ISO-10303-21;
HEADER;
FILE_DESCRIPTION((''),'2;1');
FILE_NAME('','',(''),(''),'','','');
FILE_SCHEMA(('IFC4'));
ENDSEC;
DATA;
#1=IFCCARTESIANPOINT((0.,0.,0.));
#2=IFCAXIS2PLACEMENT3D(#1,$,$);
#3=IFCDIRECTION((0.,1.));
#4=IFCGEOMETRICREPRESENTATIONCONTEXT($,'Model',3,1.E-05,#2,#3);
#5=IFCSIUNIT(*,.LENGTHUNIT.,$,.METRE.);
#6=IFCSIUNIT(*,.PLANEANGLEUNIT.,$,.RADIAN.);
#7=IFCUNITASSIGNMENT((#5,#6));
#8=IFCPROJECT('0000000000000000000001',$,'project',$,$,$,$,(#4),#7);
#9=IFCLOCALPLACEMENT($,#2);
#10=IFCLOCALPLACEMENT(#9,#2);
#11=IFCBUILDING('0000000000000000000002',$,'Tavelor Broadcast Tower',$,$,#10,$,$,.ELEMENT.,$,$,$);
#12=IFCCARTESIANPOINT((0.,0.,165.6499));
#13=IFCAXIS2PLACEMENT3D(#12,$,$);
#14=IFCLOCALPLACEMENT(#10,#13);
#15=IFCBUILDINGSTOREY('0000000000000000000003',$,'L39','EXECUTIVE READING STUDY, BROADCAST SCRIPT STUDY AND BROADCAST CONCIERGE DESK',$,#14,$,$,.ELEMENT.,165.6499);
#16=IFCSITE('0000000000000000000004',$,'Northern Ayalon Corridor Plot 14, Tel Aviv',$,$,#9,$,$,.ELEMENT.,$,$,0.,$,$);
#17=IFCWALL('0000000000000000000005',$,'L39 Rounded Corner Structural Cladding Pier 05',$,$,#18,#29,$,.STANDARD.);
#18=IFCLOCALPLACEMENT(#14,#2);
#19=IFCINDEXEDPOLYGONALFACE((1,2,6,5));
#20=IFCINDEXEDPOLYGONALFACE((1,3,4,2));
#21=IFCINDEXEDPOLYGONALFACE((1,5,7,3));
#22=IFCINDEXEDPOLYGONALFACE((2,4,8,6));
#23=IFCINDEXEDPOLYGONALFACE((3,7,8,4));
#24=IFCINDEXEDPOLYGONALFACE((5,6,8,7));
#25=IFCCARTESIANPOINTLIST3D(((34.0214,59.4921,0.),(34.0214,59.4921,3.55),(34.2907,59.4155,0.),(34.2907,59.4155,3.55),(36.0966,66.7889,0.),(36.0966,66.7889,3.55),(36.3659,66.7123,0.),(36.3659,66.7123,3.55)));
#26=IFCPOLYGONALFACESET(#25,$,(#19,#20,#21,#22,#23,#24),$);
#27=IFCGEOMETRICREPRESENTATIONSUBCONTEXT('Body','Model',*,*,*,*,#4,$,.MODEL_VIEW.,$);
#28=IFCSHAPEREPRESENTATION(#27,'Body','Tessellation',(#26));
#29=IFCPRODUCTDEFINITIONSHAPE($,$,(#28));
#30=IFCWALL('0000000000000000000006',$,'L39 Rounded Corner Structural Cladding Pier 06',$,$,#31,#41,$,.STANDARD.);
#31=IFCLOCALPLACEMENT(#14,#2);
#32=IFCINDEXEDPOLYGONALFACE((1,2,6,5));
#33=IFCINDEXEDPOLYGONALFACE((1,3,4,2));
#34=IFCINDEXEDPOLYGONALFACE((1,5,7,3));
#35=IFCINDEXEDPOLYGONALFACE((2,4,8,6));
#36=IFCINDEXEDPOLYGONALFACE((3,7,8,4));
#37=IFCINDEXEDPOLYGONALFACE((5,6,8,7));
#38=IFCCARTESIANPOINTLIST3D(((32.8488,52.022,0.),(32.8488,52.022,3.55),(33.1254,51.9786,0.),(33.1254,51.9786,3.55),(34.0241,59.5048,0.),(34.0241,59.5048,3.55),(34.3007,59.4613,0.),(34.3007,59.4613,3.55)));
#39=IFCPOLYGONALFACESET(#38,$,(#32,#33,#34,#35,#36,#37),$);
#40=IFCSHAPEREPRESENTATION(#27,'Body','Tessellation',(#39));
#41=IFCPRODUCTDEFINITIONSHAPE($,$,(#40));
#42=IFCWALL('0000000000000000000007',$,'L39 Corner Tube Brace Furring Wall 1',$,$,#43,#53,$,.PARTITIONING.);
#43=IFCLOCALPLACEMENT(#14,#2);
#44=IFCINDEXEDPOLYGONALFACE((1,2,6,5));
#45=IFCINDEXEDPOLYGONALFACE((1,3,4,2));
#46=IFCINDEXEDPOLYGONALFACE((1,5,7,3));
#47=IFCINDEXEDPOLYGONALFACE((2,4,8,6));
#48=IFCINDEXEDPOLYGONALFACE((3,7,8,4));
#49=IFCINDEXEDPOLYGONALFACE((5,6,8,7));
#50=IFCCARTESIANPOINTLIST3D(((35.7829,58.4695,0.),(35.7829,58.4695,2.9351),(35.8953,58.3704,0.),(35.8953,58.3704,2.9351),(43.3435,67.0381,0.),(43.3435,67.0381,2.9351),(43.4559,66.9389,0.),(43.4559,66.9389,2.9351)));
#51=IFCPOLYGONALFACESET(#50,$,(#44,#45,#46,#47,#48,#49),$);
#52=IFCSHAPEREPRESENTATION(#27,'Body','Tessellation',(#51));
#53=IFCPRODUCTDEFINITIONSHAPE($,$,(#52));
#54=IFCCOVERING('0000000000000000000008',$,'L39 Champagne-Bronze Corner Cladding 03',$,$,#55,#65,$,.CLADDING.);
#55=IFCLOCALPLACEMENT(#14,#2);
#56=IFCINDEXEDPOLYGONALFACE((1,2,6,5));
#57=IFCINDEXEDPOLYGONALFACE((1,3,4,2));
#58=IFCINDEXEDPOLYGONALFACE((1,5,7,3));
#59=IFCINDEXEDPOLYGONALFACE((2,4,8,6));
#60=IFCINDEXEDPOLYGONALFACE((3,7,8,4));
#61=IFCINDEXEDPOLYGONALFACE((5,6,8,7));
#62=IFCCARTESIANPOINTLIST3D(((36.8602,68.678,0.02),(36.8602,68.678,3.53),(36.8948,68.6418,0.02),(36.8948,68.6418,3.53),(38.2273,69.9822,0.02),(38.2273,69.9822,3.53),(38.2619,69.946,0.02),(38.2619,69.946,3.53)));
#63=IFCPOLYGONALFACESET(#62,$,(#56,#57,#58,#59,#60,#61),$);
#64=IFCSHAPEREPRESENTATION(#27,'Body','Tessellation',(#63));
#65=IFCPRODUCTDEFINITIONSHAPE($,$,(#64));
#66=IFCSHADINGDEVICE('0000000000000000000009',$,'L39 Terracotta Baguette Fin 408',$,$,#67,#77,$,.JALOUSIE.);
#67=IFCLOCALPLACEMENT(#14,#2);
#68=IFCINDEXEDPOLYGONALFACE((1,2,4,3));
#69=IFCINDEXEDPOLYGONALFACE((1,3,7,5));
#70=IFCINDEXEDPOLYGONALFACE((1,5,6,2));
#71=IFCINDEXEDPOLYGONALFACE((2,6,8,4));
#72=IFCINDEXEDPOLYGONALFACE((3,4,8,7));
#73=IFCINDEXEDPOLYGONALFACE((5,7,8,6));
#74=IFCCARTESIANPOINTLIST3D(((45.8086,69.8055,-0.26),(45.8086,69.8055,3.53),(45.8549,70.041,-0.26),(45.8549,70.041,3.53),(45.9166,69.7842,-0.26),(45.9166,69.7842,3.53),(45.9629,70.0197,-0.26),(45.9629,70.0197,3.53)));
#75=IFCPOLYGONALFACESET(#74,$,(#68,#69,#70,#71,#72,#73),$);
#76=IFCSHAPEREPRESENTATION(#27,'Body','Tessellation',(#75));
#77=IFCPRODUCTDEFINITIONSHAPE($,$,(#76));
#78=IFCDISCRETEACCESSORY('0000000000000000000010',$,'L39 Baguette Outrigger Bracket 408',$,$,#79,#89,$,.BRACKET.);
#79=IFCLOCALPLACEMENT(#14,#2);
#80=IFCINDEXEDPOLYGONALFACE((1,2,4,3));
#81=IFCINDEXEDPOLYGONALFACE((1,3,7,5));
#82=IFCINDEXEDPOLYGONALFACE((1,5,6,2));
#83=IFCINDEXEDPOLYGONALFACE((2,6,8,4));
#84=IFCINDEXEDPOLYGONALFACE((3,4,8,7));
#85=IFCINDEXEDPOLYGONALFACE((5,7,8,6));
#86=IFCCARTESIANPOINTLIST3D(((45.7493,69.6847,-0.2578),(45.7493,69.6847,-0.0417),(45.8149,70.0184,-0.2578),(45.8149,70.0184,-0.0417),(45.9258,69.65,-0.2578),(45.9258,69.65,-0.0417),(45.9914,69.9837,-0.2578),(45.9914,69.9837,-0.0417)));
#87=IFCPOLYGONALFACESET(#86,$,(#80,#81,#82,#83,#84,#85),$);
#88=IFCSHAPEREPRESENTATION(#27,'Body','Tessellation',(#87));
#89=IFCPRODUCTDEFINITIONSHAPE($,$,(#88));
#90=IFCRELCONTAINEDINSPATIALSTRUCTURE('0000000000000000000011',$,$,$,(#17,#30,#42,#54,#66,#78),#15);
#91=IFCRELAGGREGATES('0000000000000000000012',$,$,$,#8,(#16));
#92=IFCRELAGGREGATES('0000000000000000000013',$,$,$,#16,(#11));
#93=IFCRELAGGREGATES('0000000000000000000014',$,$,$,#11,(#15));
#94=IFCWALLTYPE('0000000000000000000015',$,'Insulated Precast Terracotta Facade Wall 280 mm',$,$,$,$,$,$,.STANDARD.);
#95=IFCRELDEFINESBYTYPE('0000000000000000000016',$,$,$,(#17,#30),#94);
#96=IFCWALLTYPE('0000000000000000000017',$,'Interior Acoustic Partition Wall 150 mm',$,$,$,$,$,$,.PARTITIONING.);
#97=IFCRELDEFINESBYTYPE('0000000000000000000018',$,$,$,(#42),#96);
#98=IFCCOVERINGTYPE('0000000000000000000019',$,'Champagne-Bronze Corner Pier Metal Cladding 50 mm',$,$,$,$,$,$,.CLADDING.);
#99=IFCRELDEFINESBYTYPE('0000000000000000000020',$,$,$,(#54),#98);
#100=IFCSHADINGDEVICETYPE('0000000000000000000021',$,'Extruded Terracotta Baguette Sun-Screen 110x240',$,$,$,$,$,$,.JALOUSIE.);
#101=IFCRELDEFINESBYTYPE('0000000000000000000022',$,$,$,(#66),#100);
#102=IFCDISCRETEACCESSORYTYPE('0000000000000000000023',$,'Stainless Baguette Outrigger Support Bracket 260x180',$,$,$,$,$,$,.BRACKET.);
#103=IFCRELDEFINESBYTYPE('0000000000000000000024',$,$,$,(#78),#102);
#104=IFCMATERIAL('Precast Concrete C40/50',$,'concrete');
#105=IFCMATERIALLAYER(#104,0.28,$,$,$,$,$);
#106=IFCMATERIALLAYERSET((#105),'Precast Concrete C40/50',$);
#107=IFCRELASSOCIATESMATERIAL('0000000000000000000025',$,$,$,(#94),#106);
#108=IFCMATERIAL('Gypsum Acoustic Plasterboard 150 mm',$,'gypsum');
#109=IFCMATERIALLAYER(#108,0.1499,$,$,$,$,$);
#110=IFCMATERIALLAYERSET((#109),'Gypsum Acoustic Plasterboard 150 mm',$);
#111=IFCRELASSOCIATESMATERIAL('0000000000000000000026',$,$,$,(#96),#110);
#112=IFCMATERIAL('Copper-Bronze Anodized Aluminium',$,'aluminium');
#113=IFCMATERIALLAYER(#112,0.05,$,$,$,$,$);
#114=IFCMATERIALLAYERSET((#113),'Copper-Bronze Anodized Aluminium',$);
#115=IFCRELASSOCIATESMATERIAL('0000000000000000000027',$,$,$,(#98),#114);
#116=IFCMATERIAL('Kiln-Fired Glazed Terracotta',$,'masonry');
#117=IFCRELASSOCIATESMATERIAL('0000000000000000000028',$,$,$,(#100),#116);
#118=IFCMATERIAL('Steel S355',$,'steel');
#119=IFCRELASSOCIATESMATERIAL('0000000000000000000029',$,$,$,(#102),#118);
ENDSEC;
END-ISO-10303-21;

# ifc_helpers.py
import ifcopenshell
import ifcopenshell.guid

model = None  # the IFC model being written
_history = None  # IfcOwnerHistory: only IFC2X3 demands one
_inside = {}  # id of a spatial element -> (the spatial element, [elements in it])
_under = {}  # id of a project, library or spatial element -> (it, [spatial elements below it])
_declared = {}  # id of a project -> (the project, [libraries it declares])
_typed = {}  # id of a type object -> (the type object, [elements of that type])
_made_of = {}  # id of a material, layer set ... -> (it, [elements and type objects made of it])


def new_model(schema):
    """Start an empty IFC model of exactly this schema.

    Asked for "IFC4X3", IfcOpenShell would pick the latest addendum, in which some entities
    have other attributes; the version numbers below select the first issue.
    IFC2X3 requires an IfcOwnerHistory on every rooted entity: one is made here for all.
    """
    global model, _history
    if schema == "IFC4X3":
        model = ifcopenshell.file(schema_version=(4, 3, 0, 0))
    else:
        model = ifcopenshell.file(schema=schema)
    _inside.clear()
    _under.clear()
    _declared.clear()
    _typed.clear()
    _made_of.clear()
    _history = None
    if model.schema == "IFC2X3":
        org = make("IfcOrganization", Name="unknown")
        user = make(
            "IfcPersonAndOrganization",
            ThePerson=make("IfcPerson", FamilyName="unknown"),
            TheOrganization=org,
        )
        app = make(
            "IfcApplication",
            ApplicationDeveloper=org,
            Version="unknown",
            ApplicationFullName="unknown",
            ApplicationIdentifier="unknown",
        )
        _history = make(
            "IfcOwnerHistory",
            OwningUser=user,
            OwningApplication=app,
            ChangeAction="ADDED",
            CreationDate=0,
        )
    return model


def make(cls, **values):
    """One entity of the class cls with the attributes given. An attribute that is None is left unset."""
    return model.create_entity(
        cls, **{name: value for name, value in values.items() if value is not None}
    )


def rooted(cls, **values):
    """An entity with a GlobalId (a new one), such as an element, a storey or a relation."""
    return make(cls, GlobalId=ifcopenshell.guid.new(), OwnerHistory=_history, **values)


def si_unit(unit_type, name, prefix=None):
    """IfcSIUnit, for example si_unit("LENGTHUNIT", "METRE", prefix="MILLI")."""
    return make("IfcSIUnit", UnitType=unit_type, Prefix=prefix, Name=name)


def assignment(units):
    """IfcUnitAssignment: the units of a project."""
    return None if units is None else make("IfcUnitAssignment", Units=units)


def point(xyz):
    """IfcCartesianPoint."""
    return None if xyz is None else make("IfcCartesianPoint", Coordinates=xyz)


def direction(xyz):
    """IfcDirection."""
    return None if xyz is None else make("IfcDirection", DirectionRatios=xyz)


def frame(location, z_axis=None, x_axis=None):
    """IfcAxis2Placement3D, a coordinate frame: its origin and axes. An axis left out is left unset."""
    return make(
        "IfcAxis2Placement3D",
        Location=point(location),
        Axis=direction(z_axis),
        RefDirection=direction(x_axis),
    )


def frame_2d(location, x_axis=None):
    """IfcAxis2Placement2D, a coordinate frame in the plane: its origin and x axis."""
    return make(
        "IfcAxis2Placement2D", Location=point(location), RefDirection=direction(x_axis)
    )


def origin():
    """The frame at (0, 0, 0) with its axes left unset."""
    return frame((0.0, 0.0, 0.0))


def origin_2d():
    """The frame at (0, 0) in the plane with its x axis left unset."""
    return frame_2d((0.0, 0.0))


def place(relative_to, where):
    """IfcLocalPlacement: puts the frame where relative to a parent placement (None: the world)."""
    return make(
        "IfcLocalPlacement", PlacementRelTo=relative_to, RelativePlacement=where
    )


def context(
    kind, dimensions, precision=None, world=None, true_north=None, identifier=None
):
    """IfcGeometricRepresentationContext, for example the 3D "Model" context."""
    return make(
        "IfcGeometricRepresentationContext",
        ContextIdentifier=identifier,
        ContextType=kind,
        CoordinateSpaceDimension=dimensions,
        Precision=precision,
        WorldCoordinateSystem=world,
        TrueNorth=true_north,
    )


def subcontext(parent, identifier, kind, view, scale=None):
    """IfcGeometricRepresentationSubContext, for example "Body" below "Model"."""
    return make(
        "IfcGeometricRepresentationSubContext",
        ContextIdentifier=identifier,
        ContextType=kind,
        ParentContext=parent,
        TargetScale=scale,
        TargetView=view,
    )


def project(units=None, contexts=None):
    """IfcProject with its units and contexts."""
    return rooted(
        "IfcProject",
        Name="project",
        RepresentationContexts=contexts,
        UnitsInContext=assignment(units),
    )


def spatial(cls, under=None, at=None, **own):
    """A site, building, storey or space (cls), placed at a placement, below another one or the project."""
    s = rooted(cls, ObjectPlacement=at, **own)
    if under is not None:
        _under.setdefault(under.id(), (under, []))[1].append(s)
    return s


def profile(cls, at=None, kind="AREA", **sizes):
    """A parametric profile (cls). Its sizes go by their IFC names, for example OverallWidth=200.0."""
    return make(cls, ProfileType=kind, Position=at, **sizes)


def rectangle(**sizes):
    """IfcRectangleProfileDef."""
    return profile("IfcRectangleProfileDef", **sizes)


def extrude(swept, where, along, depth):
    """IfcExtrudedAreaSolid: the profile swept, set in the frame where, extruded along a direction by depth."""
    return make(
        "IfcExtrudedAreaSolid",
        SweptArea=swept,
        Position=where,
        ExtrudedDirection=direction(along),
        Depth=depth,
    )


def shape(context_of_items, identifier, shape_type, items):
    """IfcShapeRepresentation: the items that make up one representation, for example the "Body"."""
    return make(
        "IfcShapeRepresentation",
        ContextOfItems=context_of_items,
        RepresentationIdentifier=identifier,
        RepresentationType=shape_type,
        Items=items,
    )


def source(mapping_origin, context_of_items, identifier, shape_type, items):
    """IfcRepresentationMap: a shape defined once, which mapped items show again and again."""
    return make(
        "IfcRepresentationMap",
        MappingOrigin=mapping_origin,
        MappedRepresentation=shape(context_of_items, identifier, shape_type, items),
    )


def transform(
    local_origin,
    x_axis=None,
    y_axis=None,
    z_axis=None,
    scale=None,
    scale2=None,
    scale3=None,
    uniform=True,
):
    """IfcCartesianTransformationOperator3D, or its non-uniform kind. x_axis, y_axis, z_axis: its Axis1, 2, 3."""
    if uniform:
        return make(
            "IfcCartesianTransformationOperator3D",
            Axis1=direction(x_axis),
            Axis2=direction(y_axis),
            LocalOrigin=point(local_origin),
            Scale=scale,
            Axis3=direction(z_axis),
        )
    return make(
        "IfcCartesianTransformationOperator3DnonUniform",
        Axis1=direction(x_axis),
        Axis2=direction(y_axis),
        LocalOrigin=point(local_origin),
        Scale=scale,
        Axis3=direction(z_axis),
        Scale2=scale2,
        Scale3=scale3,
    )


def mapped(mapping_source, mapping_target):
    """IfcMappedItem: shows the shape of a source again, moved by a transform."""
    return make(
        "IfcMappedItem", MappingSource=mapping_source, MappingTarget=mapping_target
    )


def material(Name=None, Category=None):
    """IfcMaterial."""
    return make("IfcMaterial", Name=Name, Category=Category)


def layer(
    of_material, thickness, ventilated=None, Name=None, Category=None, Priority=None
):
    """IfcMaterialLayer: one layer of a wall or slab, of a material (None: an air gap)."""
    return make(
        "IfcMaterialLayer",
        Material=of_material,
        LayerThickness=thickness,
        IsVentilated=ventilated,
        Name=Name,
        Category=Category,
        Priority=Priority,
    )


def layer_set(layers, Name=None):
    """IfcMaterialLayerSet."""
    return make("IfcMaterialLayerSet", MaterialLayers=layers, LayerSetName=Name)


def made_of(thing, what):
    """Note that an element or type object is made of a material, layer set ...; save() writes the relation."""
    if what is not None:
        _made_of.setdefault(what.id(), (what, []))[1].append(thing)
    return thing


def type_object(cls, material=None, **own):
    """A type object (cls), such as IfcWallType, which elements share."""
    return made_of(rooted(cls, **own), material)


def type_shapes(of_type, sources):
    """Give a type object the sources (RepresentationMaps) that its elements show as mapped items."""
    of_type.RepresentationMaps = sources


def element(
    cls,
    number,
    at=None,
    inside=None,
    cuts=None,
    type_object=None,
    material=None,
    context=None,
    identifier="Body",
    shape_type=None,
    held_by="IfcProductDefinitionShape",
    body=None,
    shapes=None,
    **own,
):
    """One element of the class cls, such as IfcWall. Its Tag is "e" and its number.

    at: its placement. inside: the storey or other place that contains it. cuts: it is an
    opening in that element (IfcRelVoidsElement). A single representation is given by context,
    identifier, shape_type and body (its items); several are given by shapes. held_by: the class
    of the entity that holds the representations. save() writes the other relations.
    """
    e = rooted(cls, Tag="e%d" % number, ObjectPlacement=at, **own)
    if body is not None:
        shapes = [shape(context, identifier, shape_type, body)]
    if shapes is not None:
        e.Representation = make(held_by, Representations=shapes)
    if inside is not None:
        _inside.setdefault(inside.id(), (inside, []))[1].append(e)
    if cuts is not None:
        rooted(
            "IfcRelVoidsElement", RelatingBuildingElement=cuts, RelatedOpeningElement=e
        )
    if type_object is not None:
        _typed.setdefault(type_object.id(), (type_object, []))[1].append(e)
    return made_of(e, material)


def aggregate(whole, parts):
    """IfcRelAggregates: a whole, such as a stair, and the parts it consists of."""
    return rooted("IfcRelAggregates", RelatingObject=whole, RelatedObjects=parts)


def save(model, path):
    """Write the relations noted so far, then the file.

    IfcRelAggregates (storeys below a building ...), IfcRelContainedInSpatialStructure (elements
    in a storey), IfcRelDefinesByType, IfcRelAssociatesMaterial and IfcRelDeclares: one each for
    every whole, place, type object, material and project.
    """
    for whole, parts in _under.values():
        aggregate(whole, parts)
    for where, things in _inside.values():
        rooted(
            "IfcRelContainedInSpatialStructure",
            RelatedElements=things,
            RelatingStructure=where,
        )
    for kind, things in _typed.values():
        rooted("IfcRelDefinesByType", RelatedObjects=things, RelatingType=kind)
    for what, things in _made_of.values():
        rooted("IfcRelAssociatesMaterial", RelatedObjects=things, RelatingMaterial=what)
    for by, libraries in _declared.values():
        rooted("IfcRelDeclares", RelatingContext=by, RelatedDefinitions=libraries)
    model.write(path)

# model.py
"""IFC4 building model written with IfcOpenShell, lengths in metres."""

from ifc_helpers import new_model, si_unit, direction, frame, frame_2d, origin, origin_2d, place, context, subcontext, project, spatial, rectangle, extrude, source, transform, mapped, material, layer, layer_set, type_object, type_shapes, element, save


model = new_model("IFC4")

# Units and contexts
model_context = context("Model", 3, precision=1e-05, world=origin(), true_north=direction((0.0, 1.0)))
body_context = subcontext(model_context, "Body", "Model", "MODEL_VIEW")
ifc_project = project(units=[si_unit("LENGTHUNIT", "METRE"), si_unit("PLANEANGLEUNIT", "RADIAN")], contexts=[model_context])

# Site, building, storey
site_placement = place(None, origin())
site = spatial("IfcSite", under=ifc_project, at=site_placement, Name="Northern Ayalon Corridor Plot 14, Tel Aviv", CompositionType="ELEMENT", RefElevation=0.0)
building_placement = place(site_placement, origin())
building = spatial("IfcBuilding", under=site, at=building_placement, Name="Tavelor Broadcast Tower", CompositionType="ELEMENT")
storey_placement = place(building_placement, frame((0.0, 0.0, 165.6499)))
storey = spatial("IfcBuildingStorey", under=building, at=storey_placement, Name="L39", Description="EXECUTIVE READING STUDY, BROADCAST SCRIPT STUDY AND BROADCAST CONCIERGE DESK", CompositionType="ELEMENT", Elevation=165.6499)

# Shared definitions
ifc_material_1 = material(Name="Steel S355", Category="steel")

# Walls
ifc_material_2 = material(Name="Precast Concrete C40/50", Category="concrete")
ifc_layer_1 = layer(ifc_material_2, 0.28)
ifc_layer_set_1 = layer_set([ifc_layer_1], Name="Precast Concrete C40/50")
wall_type_1 = type_object("IfcWallType", Name="Insulated Precast Terracotta Facade Wall 280 mm", PredefinedType="STANDARD", material=ifc_layer_set_1)
wall_1_placement = place(storey_placement, frame((36.2312, 66.7505, 0.0), z_axis=(0.0, 0.0, 1.0), x_axis=(-0.273548, -0.961858, 0.0)))
element("IfcWall", 1, at=wall_1_placement, inside=storey, type_object=wall_type_1, Name="L39 Rounded Corner Structural Cladding Pier 05", PredefinedType="STANDARD", context=body_context, shape_type="SweptSolid", body=[
    extrude(rectangle(XDim=7.5862, YDim=0.28, at=frame_2d((3.793, 0.0))), origin(), (0.0, 0.0, 1.0), 3.55),
])
wall_2_placement = place(storey_placement, frame((34.1624, 59.4829, 0.0), z_axis=(0.0, 0.0, 1.0), x_axis=(-0.155166, -0.987888, 0.0)))
element("IfcWall", 2, at=wall_2_placement, inside=storey, type_object=wall_type_1, Name="L39 Rounded Corner Structural Cladding Pier 06", PredefinedType="STANDARD", context=body_context, shape_type="SweptSolid", body=[
    extrude(rectangle(XDim=7.5745, YDim=0.28, at=frame_2d((3.7871, 0.0))), origin(), (0.0, 0.0, 1.0), 3.55),
])
ifc_material_3 = material(Name="Gypsum Acoustic Plasterboard 150 mm", Category="gypsum")
ifc_layer_2 = layer(ifc_material_3, 0.1499)
ifc_layer_set_2 = layer_set([ifc_layer_2], Name="Gypsum Acoustic Plasterboard 150 mm")
wall_type_2 = type_object("IfcWallType", Name="Interior Acoustic Partition Wall 150 mm", PredefinedType="PARTITIONING", material=ifc_layer_set_2)
wall_3_placement = place(storey_placement, frame((43.3997, 66.9885, 0.0), z_axis=(0.0, 0.0, 1.0), x_axis=(-0.661622, -0.749837, 0.0)))
element("IfcWall", 3, at=wall_3_placement, inside=storey, type_object=wall_type_2, Name="L39 Corner Tube Brace Furring Wall 1", PredefinedType="PARTITIONING", context=body_context, shape_type="SweptSolid", body=[
    extrude(rectangle(XDim=11.4272, YDim=0.1499, at=frame_2d((5.7136, 0.0))), origin(), (0.0, 0.0, 1.0), 2.9351),
])

# Covering
ifc_material_4 = material(Name="Copper-Bronze Anodized Aluminium", Category="aluminium")
ifc_layer_3 = layer(ifc_material_4, 0.05)
ifc_layer_set_3 = layer_set([ifc_layer_3], Name="Copper-Bronze Anodized Aluminium")
covering_type = type_object("IfcCoveringType", Name="Champagne-Bronze Corner Pier Metal Cladding 50 mm", PredefinedType="CLADDING", material=ifc_layer_set_3)
covering_placement = place(storey_placement, frame((37.561, 69.312, 0.02), z_axis=(0.0, 0.0, 1.0), x_axis=(-0.72357, -0.690251, 0.0)))
element("IfcCovering", 4, at=covering_placement, inside=storey, type_object=covering_type, Name="L39 Champagne-Bronze Corner Cladding 03", PredefinedType="CLADDING", context=body_context, shape_type="SweptSolid", body=[
    extrude(rectangle(XDim=1.8894, YDim=0.05, at=origin_2d()), origin(), (0.0, 0.0, 1.0), 3.51),
])

# Shading device
ifc_material_5 = material(Name="Kiln-Fired Glazed Terracotta", Category="masonry")
shading_device_type = type_object("IfcShadingDeviceType", Name="Extruded Terracotta Baguette Sun-Screen 110x240", PredefinedType="JALOUSIE", material=ifc_material_5)
shared_shape_1 = source(origin(), body_context, "Body", "SweptSolid", [
    extrude(rectangle(XDim=0.1101, YDim=0.24, at=origin_2d()), origin(), (0.0, 0.0, 1.0), 3.79),
])
type_shapes(shading_device_type, [shared_shape_1])
shading_device_placement = place(storey_placement, frame((45.8857, 69.9126, -0.26), z_axis=(0.0, 0.0, 1.0), x_axis=(-0.981225, 0.192864, 0.0)))
element("IfcShadingDevice", 5, at=shading_device_placement, inside=storey, type_object=shading_device_type, Name="L39 Terracotta Baguette Fin 408", PredefinedType="JALOUSIE", context=body_context, shape_type="MappedRepresentation", body=[
    mapped(shared_shape_1, transform((0.0, 0.0, 0.0), scale=1.0)),
])

# Discrete accessory
discrete_accessory_type = type_object("IfcDiscreteAccessoryType", Name="Stainless Baguette Outrigger Support Bracket 260x180", PredefinedType="BRACKET", material=ifc_material_1)
shared_shape_2 = source(origin(), body_context, "Body", "SweptSolid", [
    extrude(rectangle(XDim=0.1799, YDim=0.3401, at=origin_2d()), origin(), (0.0, 0.0, 1.0), 0.2161),
])
type_shapes(discrete_accessory_type, [shared_shape_2])
discrete_accessory_placement = place(storey_placement, frame((45.8704, 69.8342, -0.2578), z_axis=(0.0, 0.0, 1.0), x_axis=(-0.981225, 0.192864, 0.0)))
element("IfcDiscreteAccessory", 6, at=discrete_accessory_placement, inside=storey, type_object=discrete_accessory_type, Name="L39 Baguette Outrigger Bracket 408", PredefinedType="BRACKET", context=body_context, shape_type="MappedRepresentation", body=[
    mapped(shared_shape_2, transform((0.0, 0.0, 0.0), scale=1.0)),
])

save(model, "model.ifc")
